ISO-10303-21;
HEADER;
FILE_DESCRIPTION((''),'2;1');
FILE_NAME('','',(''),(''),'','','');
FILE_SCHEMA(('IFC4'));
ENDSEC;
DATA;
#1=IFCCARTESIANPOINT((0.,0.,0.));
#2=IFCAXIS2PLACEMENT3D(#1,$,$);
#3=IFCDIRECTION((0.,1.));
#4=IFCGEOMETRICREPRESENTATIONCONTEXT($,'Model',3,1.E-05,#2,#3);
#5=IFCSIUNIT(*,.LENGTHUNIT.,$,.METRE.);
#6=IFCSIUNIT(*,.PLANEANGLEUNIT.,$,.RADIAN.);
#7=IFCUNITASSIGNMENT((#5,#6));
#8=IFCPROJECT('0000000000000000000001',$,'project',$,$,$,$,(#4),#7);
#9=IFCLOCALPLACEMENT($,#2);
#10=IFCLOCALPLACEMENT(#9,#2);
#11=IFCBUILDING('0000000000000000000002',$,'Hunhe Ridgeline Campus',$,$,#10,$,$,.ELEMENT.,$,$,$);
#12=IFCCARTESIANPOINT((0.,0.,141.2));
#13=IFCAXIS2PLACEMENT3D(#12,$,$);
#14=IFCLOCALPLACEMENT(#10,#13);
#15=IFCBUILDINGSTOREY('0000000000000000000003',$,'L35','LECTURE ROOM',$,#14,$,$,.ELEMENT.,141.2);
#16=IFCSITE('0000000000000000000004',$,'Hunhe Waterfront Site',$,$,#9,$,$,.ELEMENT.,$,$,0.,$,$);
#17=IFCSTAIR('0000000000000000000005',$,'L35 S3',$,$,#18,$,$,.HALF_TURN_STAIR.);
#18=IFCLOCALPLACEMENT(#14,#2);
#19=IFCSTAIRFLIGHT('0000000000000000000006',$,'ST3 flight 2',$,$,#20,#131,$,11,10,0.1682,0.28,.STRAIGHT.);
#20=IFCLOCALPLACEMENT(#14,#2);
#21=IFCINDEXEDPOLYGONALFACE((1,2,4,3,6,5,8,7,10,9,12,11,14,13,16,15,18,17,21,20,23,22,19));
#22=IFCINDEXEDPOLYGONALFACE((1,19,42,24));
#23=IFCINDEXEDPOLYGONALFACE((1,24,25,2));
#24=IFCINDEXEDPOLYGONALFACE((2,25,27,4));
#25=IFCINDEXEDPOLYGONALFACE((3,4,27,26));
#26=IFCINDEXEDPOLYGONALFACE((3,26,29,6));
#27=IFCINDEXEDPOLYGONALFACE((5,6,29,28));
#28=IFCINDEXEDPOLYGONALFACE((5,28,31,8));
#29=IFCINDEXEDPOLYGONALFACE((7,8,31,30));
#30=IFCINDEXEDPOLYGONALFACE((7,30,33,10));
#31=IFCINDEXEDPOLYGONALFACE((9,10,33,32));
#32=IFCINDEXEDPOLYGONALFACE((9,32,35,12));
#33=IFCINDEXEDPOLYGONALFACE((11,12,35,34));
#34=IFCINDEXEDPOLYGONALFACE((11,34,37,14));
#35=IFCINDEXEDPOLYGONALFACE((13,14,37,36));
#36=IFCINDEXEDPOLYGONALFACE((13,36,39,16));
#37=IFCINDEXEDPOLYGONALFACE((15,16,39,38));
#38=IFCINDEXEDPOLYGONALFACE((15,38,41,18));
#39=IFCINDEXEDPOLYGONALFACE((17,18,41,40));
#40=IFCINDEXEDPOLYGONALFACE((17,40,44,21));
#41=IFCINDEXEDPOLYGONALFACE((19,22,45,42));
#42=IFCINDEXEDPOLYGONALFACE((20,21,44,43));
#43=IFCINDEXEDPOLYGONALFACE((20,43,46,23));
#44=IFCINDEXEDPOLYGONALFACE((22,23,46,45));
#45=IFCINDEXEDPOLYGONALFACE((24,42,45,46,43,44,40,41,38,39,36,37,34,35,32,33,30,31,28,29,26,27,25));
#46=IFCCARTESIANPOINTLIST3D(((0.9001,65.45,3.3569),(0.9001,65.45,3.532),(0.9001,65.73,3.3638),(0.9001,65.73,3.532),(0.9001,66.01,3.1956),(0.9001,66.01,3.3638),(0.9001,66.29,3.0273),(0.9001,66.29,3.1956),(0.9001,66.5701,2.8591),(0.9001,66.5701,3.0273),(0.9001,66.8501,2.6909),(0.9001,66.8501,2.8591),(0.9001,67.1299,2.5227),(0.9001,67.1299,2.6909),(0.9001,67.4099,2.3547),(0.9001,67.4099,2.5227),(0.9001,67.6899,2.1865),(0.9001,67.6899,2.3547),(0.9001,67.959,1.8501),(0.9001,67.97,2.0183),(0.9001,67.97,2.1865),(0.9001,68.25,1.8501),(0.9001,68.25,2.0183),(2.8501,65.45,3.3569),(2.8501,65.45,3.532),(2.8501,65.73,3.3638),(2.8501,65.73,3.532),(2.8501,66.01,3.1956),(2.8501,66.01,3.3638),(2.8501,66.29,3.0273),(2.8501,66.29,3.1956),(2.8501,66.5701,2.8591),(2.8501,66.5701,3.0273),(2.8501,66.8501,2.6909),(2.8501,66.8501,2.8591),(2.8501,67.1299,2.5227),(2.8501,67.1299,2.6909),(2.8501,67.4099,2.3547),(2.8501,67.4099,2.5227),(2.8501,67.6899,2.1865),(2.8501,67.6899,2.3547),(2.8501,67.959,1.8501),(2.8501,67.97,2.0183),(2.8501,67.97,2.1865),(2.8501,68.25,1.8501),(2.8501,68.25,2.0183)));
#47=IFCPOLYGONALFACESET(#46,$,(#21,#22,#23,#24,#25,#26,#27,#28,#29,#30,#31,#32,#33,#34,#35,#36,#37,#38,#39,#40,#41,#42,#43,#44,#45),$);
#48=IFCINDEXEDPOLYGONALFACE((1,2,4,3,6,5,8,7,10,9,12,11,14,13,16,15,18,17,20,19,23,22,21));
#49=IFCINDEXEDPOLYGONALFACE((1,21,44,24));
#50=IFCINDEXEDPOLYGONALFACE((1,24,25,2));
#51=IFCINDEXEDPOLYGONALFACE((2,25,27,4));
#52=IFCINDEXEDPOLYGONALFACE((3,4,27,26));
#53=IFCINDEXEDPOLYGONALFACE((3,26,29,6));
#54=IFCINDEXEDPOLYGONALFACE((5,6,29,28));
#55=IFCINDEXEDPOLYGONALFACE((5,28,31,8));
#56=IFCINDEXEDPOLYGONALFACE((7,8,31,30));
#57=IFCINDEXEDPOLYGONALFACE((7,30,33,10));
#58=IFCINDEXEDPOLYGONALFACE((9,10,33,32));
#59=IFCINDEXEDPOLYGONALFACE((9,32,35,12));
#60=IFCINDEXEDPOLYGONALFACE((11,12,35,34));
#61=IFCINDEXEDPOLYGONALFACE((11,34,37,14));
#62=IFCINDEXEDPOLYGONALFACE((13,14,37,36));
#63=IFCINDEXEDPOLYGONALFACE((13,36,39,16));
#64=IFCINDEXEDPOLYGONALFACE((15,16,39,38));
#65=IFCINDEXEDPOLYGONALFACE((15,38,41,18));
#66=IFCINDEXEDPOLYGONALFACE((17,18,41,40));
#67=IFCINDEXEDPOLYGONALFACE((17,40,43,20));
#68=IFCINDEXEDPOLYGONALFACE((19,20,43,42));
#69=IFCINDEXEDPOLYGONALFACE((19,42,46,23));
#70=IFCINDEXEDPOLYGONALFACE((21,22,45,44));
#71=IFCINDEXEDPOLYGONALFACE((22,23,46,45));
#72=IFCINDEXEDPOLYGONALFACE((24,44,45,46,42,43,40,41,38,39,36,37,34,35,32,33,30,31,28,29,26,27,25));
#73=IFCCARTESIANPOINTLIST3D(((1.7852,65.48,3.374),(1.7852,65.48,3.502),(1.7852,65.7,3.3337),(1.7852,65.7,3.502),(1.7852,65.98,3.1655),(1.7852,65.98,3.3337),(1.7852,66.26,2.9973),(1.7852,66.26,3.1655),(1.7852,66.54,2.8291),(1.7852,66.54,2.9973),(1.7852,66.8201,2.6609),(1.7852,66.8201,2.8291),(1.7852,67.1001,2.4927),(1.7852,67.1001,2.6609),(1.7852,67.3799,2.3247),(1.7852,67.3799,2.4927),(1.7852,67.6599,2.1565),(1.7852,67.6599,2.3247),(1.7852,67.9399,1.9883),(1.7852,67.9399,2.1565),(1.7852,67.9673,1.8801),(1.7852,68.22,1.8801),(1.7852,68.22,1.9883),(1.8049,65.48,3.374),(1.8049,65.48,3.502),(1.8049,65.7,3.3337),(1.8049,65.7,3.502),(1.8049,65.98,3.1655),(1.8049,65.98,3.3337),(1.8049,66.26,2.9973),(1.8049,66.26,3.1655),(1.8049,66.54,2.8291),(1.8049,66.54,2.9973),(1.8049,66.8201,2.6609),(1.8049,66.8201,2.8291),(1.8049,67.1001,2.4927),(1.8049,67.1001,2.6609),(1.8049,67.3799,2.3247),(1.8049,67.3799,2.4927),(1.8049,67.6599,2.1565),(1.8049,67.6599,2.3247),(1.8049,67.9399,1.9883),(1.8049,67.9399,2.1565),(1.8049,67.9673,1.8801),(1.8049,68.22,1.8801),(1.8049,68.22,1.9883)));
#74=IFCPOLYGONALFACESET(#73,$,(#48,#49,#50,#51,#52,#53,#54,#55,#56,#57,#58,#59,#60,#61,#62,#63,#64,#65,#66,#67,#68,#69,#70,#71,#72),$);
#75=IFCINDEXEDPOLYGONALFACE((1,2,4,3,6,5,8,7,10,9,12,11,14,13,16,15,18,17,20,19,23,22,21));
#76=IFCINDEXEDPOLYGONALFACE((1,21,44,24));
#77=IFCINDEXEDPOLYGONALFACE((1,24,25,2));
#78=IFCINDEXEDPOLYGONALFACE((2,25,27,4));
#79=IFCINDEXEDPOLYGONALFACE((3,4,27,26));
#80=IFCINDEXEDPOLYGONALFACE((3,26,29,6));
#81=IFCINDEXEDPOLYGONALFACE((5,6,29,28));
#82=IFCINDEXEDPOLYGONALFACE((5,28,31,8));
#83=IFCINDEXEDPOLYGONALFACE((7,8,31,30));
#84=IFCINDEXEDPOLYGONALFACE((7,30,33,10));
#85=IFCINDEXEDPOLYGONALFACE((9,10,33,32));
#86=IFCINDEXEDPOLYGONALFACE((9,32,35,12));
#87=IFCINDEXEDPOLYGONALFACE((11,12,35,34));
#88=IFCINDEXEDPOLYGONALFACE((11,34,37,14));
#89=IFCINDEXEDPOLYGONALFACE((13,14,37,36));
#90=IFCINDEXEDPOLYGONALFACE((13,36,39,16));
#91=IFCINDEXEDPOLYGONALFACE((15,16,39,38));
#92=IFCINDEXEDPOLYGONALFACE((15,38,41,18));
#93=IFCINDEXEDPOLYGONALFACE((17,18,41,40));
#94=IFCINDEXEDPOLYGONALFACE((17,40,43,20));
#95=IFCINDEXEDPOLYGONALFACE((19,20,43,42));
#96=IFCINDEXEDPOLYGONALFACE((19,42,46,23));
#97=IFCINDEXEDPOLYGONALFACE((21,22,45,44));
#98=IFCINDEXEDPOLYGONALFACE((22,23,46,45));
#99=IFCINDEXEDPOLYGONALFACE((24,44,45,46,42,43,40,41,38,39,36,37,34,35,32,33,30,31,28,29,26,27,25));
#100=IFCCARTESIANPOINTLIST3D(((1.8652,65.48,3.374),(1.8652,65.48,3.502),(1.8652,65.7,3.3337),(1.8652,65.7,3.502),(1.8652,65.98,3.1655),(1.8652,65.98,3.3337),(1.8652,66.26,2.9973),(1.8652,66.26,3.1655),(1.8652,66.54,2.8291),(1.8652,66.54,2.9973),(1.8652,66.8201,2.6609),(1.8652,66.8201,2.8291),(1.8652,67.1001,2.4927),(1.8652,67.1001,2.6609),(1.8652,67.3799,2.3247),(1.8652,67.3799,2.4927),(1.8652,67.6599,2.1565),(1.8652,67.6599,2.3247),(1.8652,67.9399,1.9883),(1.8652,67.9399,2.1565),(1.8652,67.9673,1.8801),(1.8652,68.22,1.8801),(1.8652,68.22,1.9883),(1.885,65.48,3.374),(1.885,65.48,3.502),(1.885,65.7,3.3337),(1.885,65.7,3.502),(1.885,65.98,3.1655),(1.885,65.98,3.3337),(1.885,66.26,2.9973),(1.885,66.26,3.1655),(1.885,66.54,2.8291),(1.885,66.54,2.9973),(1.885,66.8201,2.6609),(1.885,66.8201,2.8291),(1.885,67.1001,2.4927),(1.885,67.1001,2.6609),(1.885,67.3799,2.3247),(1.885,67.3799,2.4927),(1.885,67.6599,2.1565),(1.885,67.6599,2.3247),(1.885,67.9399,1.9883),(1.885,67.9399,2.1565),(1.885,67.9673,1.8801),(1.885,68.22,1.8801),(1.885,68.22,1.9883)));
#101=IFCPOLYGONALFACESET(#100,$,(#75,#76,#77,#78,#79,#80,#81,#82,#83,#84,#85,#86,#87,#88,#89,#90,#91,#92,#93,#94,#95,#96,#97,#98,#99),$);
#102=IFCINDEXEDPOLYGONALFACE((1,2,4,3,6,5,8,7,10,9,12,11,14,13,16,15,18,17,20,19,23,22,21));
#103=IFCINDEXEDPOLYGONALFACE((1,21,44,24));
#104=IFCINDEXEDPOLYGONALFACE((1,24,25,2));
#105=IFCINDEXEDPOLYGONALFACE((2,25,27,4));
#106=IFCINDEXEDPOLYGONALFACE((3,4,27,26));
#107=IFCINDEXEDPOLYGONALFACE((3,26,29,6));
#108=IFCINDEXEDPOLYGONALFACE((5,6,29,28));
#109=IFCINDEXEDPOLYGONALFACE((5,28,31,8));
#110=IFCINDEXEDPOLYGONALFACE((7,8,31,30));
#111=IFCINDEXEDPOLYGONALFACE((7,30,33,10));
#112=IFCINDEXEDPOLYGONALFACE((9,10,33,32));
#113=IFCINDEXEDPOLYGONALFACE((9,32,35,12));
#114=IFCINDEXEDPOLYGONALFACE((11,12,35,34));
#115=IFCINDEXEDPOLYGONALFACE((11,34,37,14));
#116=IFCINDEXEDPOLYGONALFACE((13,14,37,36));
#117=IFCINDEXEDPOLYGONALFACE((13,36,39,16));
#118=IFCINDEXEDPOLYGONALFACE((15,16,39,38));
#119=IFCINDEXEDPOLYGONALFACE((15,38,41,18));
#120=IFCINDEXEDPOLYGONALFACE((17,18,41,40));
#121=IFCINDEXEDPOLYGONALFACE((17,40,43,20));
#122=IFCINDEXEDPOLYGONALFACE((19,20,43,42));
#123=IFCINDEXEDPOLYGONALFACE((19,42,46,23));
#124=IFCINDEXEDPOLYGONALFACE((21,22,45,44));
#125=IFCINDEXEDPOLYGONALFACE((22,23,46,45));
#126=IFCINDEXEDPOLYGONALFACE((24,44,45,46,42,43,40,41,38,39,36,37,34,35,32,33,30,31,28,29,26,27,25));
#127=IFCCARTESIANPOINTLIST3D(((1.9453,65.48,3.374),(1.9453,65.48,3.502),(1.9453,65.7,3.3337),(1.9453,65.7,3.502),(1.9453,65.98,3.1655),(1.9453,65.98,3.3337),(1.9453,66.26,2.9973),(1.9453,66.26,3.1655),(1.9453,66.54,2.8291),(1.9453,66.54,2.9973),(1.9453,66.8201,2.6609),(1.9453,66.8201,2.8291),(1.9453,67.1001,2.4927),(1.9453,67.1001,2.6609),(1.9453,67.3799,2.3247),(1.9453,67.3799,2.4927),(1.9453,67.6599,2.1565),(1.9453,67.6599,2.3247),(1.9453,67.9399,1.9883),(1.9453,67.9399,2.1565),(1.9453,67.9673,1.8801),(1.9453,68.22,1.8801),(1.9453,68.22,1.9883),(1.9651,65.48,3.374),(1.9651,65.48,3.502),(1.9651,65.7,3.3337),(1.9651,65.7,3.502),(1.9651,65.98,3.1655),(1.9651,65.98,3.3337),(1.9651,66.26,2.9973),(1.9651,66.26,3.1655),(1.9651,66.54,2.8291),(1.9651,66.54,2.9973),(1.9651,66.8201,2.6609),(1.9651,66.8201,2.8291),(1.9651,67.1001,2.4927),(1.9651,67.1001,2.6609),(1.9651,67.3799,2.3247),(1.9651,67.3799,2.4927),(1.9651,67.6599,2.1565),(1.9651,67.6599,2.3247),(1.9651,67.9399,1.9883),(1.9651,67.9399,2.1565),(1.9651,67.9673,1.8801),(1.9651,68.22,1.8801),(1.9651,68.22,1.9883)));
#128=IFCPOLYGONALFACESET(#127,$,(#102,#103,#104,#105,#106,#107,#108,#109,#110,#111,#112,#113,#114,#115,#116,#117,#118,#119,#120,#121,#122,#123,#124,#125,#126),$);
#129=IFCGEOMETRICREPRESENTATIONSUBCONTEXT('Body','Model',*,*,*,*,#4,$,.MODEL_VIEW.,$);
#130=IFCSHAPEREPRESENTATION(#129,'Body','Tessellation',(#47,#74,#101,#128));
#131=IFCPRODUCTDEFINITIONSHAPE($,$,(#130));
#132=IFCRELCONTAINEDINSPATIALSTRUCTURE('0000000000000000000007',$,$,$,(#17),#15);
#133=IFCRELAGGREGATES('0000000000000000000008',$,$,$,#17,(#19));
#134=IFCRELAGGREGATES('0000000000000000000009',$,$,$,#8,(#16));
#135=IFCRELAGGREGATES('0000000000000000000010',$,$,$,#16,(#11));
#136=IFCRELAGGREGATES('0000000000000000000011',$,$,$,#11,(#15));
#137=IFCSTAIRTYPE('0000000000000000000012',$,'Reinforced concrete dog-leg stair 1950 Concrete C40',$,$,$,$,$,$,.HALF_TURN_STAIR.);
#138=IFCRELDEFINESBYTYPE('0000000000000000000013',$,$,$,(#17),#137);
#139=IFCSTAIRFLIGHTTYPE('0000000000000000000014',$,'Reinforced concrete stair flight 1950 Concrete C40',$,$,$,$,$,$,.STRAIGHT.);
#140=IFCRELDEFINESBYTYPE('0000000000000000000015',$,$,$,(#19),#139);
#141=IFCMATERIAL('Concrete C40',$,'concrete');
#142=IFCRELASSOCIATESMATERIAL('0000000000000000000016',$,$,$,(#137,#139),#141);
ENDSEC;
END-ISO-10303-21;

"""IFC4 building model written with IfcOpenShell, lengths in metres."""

from ifc_helpers import new_model, si_unit, direction, frame, origin, place, context, subcontext, project, spatial, polyline, outline, extrude, material, type_object, element, aggregate, save


model = new_model("IFC4")

# Units and contexts
model_context = context("Model", 3, precision=1e-05, world=origin(), true_north=direction((0.0, 1.0)))
body_context = subcontext(model_context, "Body", "Model", "MODEL_VIEW")
ifc_project = project(units=[si_unit("LENGTHUNIT", "METRE"), si_unit("PLANEANGLEUNIT", "RADIAN")], contexts=[model_context])

# Site, building, storey
site_placement = place(None, origin())
site = spatial("IfcSite", under=ifc_project, at=site_placement, Name="Hunhe Waterfront Site", CompositionType="ELEMENT", RefElevation=0.0)
building_placement = place(site_placement, origin())
building = spatial("IfcBuilding", under=site, at=building_placement, Name="Hunhe Ridgeline Campus", CompositionType="ELEMENT")
storey_placement = place(building_placement, frame((0.0, 0.0, 141.2)))
storey = spatial("IfcBuildingStorey", under=building, at=storey_placement, Name="L35", Description="LECTURE ROOM", CompositionType="ELEMENT", Elevation=141.2)

# Stair, stair flight
ifc_material_1 = material(Name="Concrete C40", Category="concrete")
stair_type = type_object("IfcStairType", Name="Reinforced concrete dog-leg stair 1950 Concrete C40", PredefinedType="HALF_TURN_STAIR", material=ifc_material_1)
stair_1_placement = place(storey_placement, origin())
stair_1 = element("IfcStair", 1, at=stair_1_placement, inside=storey, type_object=stair_type, Name="L35 S3", PredefinedType="HALF_TURN_STAIR")
stair_flight_type = type_object("IfcStairFlightType", Name="Reinforced concrete stair flight 1950 Concrete C40", PredefinedType="STRAIGHT", material=ifc_material_1)
stair_flight_1_placement = place(storey_placement, frame((1.875, 68.25, 1.8501), z_axis=(0.0, 0.0, 1.0), x_axis=(0.0, -1.0, 0.0)))
stair_flight_1 = element("IfcStairFlight", 2, at=stair_flight_1_placement, type_object=stair_flight_type, Name="ST3 flight 2", NumberOfRisers=11, NumberOfTreads=10, PredefinedType="STRAIGHT", RiserHeight=0.1682, TreadLength=0.28, context=body_context, shape_type="SweptSolid", body=[
    extrude(outline(polyline([(0.0, 0.0), (0.0, 0.1682), (0.28, 0.1682), (0.28, 0.3364), (0.5601, 0.3364), (0.5601, 0.5046), (0.8401, 0.5046), (0.8401, 0.6726), (1.1201, 0.6726), (1.1201, 0.8408), (1.3999, 0.8408), (1.3999, 1.009), (1.6799, 1.009), (1.6799, 1.1772), (1.96, 1.1772), (1.96, 1.3455), (2.24, 1.3455), (2.24, 1.5137), (2.52, 1.5137), (2.52, 1.6819), (2.8, 1.6819), (2.8, 1.8501), (2.8, 1.5068), (0.291, 0.0), (0.0, 0.0)])), frame((0.0, 0.9751, 0.0), z_axis=(0.0, -1.0, 0.0), x_axis=(1.0, 0.0, 0.0)), (0.0, 0.0, 1.0), 1.95),
    extrude(outline(polyline([(0.03, 0.03), (0.03, 0.1382), (0.3101, 0.1382), (0.3101, 0.3064), (0.5901, 0.3064), (0.5901, 0.4746), (0.8701, 0.4746), (0.8701, 0.6426), (1.1499, 0.6426), (1.1499, 0.8108), (1.4299, 0.8108), (1.4299, 0.979), (1.71, 0.979), (1.71, 1.1472), (1.99, 1.1472), (1.99, 1.3154), (2.27, 1.3154), (2.27, 1.4836), (2.55, 1.4836), (2.55, 1.6519), (2.77, 1.6519), (2.77, 1.5239), (0.2827, 0.03), (0.03, 0.03)])), frame((0.0, -0.0701, 0.0), z_axis=(0.0, -1.0, 0.0), x_axis=(1.0, 0.0, 0.0)), (0.0, 0.0, 1.0), 0.0198),
    extrude(outline(polyline([(0.03, 0.03), (0.03, 0.1382), (0.3101, 0.1382), (0.3101, 0.3064), (0.5901, 0.3064), (0.5901, 0.4746), (0.8701, 0.4746), (0.8701, 0.6426), (1.1499, 0.6426), (1.1499, 0.8108), (1.4299, 0.8108), (1.4299, 0.979), (1.71, 0.979), (1.71, 1.1472), (1.99, 1.1472), (1.99, 1.3154), (2.27, 1.3154), (2.27, 1.4836), (2.55, 1.4836), (2.55, 1.6519), (2.77, 1.6519), (2.77, 1.5239), (0.2827, 0.03), (0.03, 0.03)])), frame((0.0, 0.01, 0.0), z_axis=(0.0, -1.0, 0.0), x_axis=(1.0, 0.0, 0.0)), (0.0, 0.0, 1.0), 0.0198),
    extrude(outline(polyline([(0.03, 0.03), (0.03, 0.1382), (0.3101, 0.1382), (0.3101, 0.3064), (0.5901, 0.3064), (0.5901, 0.4746), (0.8701, 0.4746), (0.8701, 0.6426), (1.1499, 0.6426), (1.1499, 0.8108), (1.4299, 0.8108), (1.4299, 0.979), (1.71, 0.979), (1.71, 1.1472), (1.99, 1.1472), (1.99, 1.3154), (2.27, 1.3154), (2.27, 1.4836), (2.55, 1.4836), (2.55, 1.6519), (2.77, 1.6519), (2.77, 1.5239), (0.2827, 0.03), (0.03, 0.03)])), frame((0.0, 0.0901, 0.0), z_axis=(0.0, -1.0, 0.0), x_axis=(1.0, 0.0, 0.0)), (0.0, 0.0, 1.0), 0.0198),
])
aggregate(stair_1, [stair_flight_1])

save(model, "model.ifc")
